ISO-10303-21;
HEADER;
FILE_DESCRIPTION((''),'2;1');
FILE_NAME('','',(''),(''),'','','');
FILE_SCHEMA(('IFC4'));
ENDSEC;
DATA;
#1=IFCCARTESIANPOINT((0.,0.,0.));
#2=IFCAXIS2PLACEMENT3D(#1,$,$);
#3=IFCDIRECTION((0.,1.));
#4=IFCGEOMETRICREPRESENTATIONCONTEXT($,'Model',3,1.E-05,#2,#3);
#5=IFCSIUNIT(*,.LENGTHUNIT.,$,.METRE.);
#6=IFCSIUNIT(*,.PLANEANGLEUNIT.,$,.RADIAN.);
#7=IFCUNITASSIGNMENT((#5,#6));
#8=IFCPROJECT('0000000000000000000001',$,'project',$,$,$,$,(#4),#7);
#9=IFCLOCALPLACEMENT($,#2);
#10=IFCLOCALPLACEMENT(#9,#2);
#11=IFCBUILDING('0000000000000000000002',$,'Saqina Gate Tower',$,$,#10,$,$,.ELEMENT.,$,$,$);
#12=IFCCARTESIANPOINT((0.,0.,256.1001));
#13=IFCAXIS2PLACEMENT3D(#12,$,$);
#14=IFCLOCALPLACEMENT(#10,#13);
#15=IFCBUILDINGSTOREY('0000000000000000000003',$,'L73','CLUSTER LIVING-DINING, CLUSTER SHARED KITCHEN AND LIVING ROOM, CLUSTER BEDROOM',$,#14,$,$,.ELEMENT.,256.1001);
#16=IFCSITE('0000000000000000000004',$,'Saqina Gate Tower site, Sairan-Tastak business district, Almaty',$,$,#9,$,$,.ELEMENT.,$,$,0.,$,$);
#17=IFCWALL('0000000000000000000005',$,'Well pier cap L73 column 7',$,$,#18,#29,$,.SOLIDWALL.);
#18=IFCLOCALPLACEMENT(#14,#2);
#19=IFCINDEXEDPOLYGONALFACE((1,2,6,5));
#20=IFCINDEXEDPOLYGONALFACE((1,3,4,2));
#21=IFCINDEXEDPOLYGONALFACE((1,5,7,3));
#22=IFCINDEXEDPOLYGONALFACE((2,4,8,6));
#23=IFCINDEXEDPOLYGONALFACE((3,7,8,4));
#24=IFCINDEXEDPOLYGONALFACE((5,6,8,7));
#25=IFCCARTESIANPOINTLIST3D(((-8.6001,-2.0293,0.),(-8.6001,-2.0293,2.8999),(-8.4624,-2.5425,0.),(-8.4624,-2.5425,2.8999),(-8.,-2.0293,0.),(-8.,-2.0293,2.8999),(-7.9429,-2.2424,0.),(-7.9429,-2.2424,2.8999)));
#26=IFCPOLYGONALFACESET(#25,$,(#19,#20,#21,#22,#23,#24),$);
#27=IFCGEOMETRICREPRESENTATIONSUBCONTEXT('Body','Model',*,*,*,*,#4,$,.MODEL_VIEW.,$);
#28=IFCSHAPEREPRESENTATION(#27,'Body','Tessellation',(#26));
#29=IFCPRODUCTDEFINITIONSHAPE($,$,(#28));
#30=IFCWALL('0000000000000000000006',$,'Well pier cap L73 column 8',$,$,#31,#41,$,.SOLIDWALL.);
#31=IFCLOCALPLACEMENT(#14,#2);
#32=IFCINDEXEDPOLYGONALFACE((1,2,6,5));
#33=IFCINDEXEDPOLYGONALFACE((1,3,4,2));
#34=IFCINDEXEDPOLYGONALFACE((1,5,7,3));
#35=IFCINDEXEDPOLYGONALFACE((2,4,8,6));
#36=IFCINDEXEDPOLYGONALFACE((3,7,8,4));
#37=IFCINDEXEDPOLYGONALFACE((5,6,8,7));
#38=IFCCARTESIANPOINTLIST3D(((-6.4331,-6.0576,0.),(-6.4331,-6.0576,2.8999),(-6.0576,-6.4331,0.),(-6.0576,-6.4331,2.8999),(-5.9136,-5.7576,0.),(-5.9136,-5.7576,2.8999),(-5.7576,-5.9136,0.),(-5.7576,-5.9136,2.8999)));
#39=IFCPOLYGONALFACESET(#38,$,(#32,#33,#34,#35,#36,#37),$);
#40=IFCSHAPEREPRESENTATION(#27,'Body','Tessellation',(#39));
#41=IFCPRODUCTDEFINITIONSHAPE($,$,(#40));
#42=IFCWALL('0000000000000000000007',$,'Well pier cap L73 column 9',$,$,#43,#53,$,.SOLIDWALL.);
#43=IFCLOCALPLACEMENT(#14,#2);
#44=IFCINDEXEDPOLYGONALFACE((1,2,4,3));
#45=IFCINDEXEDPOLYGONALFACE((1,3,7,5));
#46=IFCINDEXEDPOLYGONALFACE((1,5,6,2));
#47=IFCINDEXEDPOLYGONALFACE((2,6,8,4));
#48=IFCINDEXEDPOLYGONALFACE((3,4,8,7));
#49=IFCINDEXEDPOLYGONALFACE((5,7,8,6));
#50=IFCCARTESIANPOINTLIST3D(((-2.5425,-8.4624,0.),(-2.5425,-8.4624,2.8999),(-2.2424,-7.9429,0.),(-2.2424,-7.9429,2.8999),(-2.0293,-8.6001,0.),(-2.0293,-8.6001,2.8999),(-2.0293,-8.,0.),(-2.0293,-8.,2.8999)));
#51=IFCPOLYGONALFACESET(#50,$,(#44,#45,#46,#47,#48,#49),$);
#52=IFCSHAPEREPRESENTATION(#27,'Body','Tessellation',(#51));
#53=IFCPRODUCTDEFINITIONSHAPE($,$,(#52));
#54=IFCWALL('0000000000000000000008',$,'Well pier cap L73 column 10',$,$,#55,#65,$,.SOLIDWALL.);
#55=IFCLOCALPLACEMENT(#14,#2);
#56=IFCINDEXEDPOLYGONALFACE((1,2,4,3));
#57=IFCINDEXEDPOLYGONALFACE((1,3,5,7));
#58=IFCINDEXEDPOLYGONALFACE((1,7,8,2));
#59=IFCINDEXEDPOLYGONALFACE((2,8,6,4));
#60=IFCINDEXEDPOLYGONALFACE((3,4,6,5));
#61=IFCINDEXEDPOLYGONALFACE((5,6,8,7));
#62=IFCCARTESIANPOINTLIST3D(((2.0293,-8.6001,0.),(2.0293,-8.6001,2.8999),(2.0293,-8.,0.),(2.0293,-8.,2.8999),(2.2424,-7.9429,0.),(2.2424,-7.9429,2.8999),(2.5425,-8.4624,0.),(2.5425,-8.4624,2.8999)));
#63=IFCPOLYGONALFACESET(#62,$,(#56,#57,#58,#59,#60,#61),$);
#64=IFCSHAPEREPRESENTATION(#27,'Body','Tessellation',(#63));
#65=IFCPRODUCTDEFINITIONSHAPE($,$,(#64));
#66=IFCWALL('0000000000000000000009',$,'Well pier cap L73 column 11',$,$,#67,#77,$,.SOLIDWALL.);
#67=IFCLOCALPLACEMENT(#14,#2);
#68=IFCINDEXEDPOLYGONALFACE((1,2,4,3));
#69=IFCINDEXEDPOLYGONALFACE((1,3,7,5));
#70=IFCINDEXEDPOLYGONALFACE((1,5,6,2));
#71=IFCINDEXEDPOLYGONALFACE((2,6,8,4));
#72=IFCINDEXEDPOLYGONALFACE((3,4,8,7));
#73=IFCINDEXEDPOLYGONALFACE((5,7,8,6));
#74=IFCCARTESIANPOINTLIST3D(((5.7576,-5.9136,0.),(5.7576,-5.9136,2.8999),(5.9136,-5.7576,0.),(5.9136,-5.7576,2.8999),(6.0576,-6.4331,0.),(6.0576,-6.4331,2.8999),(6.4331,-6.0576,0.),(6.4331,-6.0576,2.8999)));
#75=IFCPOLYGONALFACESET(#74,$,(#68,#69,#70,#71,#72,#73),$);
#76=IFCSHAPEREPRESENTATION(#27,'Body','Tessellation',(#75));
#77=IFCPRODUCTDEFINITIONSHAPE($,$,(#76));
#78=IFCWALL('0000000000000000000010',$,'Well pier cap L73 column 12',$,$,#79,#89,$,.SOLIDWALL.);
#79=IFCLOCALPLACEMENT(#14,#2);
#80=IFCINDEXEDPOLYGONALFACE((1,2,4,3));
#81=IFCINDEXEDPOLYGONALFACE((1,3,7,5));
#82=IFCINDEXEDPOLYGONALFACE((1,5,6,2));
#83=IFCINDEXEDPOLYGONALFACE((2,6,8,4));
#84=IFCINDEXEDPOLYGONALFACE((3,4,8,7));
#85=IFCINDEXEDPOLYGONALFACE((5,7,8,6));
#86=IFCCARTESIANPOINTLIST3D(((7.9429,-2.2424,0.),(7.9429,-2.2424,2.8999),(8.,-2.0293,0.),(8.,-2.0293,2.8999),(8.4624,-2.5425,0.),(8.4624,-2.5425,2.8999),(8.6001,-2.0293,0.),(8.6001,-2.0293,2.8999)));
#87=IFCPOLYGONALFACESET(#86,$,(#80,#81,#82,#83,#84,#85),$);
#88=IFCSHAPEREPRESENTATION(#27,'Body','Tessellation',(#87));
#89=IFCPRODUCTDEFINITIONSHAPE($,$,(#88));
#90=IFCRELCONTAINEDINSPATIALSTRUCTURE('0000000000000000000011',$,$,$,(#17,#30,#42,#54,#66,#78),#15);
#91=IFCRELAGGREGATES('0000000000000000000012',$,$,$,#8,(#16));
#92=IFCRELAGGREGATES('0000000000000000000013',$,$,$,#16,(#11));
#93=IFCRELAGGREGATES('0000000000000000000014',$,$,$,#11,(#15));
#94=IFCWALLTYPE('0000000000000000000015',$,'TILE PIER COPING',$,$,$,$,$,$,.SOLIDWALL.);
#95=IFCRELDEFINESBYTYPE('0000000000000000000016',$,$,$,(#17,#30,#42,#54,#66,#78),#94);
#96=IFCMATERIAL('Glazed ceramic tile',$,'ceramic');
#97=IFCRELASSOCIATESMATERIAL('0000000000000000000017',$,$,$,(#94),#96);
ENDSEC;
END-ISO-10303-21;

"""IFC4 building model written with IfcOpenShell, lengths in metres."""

from ifc_helpers import new_model, si_unit, direction, frame, origin, place, context, subcontext, project, spatial, polyline, outline, extrude, material, type_object, element, save


model = new_model("IFC4")

# Units and contexts
model_context = context("Model", 3, precision=1e-05, world=origin(), true_north=direction((0.0, 1.0)))
body_context = subcontext(model_context, "Body", "Model", "MODEL_VIEW")
ifc_project = project(units=[si_unit("LENGTHUNIT", "METRE"), si_unit("PLANEANGLEUNIT", "RADIAN")], contexts=[model_context])

# Site, building, storey
site_placement = place(None, origin())
site = spatial("IfcSite", under=ifc_project, at=site_placement, Name="Saqina Gate Tower site, Sairan-Tastak business district, Almaty", CompositionType="ELEMENT", RefElevation=0.0)
building_placement = place(site_placement, origin())
building = spatial("IfcBuilding", under=site, at=building_placement, Name="Saqina Gate Tower", CompositionType="ELEMENT")
storey_placement = place(building_placement, frame((0.0, 0.0, 256.1001)))
storey = spatial("IfcBuildingStorey", under=building, at=storey_placement, Name="L73", Description="CLUSTER LIVING-DINING, CLUSTER SHARED KITCHEN AND LIVING ROOM, CLUSTER BEDROOM", CompositionType="ELEMENT", Elevation=256.1001)

# Walls
ifc_material_1 = material(Name="Glazed ceramic tile", Category="ceramic")
wall_type_1 = type_object("IfcWallType", Name="TILE PIER COPING", PredefinedType="SOLIDWALL", material=ifc_material_1)
wall_1_placement = place(storey_placement, origin())
element("IfcWall", 1, at=wall_1_placement, inside=storey, type_object=wall_type_1, Name="Well pier cap L73 column 7", PredefinedType="SOLIDWALL", context=body_context, shape_type="SweptSolid", body=[
    extrude(outline(polyline([(-8.4624, -2.5425), (-7.9429, -2.2424), (-8.0, -2.0293), (-8.6001, -2.0293), (-8.4624, -2.5425)])), origin(), (0.0, 0.0, 1.0), 2.8999),
])
wall_2_placement = place(storey_placement, origin())
element("IfcWall", 2, at=wall_2_placement, inside=storey, type_object=wall_type_1, Name="Well pier cap L73 column 8", PredefinedType="SOLIDWALL", context=body_context, shape_type="SweptSolid", body=[
    extrude(outline(polyline([(-6.0576, -6.4331), (-5.7576, -5.9136), (-5.9136, -5.7576), (-6.4331, -6.0576), (-6.0576, -6.4331)])), origin(), (0.0, 0.0, 1.0), 2.8999),
])
wall_3_placement = place(storey_placement, origin())
element("IfcWall", 3, at=wall_3_placement, inside=storey, type_object=wall_type_1, Name="Well pier cap L73 column 9", PredefinedType="SOLIDWALL", context=body_context, shape_type="SweptSolid", body=[
    extrude(outline(polyline([(-2.0293, -8.6001), (-2.0293, -8.0), (-2.2424, -7.9429), (-2.5425, -8.4624), (-2.0293, -8.6001)])), origin(), (0.0, 0.0, 1.0), 2.8999),
])
wall_4_placement = place(storey_placement, origin())
element("IfcWall", 4, at=wall_4_placement, inside=storey, type_object=wall_type_1, Name="Well pier cap L73 column 10", PredefinedType="SOLIDWALL", context=body_context, shape_type="SweptSolid", body=[
    extrude(outline(polyline([(2.5425, -8.4624), (2.2424, -7.9429), (2.0293, -8.0), (2.0293, -8.6001), (2.5425, -8.4624)])), origin(), (0.0, 0.0, 1.0), 2.8999),
])
wall_5_placement = place(storey_placement, origin())
element("IfcWall", 5, at=wall_5_placement, inside=storey, type_object=wall_type_1, Name="Well pier cap L73 column 11", PredefinedType="SOLIDWALL", context=body_context, shape_type="SweptSolid", body=[
    extrude(outline(polyline([(6.4331, -6.0576), (5.9136, -5.7576), (5.7576, -5.9136), (6.0576, -6.4331), (6.4331, -6.0576)])), origin(), (0.0, 0.0, 1.0), 2.8999),
])
wall_6_placement = place(storey_placement, origin())
element("IfcWall", 6, at=wall_6_placement, inside=storey, type_object=wall_type_1, Name="Well pier cap L73 column 12", PredefinedType="SOLIDWALL", context=body_context, shape_type="SweptSolid", body=[
    extrude(outline(polyline([(8.6001, -2.0293), (8.0, -2.0293), (7.9429, -2.2424), (8.4624, -2.5425), (8.6001, -2.0293)])), origin(), (0.0, 0.0, 1.0), 2.8999),
])

save(model, "model.ifc")
